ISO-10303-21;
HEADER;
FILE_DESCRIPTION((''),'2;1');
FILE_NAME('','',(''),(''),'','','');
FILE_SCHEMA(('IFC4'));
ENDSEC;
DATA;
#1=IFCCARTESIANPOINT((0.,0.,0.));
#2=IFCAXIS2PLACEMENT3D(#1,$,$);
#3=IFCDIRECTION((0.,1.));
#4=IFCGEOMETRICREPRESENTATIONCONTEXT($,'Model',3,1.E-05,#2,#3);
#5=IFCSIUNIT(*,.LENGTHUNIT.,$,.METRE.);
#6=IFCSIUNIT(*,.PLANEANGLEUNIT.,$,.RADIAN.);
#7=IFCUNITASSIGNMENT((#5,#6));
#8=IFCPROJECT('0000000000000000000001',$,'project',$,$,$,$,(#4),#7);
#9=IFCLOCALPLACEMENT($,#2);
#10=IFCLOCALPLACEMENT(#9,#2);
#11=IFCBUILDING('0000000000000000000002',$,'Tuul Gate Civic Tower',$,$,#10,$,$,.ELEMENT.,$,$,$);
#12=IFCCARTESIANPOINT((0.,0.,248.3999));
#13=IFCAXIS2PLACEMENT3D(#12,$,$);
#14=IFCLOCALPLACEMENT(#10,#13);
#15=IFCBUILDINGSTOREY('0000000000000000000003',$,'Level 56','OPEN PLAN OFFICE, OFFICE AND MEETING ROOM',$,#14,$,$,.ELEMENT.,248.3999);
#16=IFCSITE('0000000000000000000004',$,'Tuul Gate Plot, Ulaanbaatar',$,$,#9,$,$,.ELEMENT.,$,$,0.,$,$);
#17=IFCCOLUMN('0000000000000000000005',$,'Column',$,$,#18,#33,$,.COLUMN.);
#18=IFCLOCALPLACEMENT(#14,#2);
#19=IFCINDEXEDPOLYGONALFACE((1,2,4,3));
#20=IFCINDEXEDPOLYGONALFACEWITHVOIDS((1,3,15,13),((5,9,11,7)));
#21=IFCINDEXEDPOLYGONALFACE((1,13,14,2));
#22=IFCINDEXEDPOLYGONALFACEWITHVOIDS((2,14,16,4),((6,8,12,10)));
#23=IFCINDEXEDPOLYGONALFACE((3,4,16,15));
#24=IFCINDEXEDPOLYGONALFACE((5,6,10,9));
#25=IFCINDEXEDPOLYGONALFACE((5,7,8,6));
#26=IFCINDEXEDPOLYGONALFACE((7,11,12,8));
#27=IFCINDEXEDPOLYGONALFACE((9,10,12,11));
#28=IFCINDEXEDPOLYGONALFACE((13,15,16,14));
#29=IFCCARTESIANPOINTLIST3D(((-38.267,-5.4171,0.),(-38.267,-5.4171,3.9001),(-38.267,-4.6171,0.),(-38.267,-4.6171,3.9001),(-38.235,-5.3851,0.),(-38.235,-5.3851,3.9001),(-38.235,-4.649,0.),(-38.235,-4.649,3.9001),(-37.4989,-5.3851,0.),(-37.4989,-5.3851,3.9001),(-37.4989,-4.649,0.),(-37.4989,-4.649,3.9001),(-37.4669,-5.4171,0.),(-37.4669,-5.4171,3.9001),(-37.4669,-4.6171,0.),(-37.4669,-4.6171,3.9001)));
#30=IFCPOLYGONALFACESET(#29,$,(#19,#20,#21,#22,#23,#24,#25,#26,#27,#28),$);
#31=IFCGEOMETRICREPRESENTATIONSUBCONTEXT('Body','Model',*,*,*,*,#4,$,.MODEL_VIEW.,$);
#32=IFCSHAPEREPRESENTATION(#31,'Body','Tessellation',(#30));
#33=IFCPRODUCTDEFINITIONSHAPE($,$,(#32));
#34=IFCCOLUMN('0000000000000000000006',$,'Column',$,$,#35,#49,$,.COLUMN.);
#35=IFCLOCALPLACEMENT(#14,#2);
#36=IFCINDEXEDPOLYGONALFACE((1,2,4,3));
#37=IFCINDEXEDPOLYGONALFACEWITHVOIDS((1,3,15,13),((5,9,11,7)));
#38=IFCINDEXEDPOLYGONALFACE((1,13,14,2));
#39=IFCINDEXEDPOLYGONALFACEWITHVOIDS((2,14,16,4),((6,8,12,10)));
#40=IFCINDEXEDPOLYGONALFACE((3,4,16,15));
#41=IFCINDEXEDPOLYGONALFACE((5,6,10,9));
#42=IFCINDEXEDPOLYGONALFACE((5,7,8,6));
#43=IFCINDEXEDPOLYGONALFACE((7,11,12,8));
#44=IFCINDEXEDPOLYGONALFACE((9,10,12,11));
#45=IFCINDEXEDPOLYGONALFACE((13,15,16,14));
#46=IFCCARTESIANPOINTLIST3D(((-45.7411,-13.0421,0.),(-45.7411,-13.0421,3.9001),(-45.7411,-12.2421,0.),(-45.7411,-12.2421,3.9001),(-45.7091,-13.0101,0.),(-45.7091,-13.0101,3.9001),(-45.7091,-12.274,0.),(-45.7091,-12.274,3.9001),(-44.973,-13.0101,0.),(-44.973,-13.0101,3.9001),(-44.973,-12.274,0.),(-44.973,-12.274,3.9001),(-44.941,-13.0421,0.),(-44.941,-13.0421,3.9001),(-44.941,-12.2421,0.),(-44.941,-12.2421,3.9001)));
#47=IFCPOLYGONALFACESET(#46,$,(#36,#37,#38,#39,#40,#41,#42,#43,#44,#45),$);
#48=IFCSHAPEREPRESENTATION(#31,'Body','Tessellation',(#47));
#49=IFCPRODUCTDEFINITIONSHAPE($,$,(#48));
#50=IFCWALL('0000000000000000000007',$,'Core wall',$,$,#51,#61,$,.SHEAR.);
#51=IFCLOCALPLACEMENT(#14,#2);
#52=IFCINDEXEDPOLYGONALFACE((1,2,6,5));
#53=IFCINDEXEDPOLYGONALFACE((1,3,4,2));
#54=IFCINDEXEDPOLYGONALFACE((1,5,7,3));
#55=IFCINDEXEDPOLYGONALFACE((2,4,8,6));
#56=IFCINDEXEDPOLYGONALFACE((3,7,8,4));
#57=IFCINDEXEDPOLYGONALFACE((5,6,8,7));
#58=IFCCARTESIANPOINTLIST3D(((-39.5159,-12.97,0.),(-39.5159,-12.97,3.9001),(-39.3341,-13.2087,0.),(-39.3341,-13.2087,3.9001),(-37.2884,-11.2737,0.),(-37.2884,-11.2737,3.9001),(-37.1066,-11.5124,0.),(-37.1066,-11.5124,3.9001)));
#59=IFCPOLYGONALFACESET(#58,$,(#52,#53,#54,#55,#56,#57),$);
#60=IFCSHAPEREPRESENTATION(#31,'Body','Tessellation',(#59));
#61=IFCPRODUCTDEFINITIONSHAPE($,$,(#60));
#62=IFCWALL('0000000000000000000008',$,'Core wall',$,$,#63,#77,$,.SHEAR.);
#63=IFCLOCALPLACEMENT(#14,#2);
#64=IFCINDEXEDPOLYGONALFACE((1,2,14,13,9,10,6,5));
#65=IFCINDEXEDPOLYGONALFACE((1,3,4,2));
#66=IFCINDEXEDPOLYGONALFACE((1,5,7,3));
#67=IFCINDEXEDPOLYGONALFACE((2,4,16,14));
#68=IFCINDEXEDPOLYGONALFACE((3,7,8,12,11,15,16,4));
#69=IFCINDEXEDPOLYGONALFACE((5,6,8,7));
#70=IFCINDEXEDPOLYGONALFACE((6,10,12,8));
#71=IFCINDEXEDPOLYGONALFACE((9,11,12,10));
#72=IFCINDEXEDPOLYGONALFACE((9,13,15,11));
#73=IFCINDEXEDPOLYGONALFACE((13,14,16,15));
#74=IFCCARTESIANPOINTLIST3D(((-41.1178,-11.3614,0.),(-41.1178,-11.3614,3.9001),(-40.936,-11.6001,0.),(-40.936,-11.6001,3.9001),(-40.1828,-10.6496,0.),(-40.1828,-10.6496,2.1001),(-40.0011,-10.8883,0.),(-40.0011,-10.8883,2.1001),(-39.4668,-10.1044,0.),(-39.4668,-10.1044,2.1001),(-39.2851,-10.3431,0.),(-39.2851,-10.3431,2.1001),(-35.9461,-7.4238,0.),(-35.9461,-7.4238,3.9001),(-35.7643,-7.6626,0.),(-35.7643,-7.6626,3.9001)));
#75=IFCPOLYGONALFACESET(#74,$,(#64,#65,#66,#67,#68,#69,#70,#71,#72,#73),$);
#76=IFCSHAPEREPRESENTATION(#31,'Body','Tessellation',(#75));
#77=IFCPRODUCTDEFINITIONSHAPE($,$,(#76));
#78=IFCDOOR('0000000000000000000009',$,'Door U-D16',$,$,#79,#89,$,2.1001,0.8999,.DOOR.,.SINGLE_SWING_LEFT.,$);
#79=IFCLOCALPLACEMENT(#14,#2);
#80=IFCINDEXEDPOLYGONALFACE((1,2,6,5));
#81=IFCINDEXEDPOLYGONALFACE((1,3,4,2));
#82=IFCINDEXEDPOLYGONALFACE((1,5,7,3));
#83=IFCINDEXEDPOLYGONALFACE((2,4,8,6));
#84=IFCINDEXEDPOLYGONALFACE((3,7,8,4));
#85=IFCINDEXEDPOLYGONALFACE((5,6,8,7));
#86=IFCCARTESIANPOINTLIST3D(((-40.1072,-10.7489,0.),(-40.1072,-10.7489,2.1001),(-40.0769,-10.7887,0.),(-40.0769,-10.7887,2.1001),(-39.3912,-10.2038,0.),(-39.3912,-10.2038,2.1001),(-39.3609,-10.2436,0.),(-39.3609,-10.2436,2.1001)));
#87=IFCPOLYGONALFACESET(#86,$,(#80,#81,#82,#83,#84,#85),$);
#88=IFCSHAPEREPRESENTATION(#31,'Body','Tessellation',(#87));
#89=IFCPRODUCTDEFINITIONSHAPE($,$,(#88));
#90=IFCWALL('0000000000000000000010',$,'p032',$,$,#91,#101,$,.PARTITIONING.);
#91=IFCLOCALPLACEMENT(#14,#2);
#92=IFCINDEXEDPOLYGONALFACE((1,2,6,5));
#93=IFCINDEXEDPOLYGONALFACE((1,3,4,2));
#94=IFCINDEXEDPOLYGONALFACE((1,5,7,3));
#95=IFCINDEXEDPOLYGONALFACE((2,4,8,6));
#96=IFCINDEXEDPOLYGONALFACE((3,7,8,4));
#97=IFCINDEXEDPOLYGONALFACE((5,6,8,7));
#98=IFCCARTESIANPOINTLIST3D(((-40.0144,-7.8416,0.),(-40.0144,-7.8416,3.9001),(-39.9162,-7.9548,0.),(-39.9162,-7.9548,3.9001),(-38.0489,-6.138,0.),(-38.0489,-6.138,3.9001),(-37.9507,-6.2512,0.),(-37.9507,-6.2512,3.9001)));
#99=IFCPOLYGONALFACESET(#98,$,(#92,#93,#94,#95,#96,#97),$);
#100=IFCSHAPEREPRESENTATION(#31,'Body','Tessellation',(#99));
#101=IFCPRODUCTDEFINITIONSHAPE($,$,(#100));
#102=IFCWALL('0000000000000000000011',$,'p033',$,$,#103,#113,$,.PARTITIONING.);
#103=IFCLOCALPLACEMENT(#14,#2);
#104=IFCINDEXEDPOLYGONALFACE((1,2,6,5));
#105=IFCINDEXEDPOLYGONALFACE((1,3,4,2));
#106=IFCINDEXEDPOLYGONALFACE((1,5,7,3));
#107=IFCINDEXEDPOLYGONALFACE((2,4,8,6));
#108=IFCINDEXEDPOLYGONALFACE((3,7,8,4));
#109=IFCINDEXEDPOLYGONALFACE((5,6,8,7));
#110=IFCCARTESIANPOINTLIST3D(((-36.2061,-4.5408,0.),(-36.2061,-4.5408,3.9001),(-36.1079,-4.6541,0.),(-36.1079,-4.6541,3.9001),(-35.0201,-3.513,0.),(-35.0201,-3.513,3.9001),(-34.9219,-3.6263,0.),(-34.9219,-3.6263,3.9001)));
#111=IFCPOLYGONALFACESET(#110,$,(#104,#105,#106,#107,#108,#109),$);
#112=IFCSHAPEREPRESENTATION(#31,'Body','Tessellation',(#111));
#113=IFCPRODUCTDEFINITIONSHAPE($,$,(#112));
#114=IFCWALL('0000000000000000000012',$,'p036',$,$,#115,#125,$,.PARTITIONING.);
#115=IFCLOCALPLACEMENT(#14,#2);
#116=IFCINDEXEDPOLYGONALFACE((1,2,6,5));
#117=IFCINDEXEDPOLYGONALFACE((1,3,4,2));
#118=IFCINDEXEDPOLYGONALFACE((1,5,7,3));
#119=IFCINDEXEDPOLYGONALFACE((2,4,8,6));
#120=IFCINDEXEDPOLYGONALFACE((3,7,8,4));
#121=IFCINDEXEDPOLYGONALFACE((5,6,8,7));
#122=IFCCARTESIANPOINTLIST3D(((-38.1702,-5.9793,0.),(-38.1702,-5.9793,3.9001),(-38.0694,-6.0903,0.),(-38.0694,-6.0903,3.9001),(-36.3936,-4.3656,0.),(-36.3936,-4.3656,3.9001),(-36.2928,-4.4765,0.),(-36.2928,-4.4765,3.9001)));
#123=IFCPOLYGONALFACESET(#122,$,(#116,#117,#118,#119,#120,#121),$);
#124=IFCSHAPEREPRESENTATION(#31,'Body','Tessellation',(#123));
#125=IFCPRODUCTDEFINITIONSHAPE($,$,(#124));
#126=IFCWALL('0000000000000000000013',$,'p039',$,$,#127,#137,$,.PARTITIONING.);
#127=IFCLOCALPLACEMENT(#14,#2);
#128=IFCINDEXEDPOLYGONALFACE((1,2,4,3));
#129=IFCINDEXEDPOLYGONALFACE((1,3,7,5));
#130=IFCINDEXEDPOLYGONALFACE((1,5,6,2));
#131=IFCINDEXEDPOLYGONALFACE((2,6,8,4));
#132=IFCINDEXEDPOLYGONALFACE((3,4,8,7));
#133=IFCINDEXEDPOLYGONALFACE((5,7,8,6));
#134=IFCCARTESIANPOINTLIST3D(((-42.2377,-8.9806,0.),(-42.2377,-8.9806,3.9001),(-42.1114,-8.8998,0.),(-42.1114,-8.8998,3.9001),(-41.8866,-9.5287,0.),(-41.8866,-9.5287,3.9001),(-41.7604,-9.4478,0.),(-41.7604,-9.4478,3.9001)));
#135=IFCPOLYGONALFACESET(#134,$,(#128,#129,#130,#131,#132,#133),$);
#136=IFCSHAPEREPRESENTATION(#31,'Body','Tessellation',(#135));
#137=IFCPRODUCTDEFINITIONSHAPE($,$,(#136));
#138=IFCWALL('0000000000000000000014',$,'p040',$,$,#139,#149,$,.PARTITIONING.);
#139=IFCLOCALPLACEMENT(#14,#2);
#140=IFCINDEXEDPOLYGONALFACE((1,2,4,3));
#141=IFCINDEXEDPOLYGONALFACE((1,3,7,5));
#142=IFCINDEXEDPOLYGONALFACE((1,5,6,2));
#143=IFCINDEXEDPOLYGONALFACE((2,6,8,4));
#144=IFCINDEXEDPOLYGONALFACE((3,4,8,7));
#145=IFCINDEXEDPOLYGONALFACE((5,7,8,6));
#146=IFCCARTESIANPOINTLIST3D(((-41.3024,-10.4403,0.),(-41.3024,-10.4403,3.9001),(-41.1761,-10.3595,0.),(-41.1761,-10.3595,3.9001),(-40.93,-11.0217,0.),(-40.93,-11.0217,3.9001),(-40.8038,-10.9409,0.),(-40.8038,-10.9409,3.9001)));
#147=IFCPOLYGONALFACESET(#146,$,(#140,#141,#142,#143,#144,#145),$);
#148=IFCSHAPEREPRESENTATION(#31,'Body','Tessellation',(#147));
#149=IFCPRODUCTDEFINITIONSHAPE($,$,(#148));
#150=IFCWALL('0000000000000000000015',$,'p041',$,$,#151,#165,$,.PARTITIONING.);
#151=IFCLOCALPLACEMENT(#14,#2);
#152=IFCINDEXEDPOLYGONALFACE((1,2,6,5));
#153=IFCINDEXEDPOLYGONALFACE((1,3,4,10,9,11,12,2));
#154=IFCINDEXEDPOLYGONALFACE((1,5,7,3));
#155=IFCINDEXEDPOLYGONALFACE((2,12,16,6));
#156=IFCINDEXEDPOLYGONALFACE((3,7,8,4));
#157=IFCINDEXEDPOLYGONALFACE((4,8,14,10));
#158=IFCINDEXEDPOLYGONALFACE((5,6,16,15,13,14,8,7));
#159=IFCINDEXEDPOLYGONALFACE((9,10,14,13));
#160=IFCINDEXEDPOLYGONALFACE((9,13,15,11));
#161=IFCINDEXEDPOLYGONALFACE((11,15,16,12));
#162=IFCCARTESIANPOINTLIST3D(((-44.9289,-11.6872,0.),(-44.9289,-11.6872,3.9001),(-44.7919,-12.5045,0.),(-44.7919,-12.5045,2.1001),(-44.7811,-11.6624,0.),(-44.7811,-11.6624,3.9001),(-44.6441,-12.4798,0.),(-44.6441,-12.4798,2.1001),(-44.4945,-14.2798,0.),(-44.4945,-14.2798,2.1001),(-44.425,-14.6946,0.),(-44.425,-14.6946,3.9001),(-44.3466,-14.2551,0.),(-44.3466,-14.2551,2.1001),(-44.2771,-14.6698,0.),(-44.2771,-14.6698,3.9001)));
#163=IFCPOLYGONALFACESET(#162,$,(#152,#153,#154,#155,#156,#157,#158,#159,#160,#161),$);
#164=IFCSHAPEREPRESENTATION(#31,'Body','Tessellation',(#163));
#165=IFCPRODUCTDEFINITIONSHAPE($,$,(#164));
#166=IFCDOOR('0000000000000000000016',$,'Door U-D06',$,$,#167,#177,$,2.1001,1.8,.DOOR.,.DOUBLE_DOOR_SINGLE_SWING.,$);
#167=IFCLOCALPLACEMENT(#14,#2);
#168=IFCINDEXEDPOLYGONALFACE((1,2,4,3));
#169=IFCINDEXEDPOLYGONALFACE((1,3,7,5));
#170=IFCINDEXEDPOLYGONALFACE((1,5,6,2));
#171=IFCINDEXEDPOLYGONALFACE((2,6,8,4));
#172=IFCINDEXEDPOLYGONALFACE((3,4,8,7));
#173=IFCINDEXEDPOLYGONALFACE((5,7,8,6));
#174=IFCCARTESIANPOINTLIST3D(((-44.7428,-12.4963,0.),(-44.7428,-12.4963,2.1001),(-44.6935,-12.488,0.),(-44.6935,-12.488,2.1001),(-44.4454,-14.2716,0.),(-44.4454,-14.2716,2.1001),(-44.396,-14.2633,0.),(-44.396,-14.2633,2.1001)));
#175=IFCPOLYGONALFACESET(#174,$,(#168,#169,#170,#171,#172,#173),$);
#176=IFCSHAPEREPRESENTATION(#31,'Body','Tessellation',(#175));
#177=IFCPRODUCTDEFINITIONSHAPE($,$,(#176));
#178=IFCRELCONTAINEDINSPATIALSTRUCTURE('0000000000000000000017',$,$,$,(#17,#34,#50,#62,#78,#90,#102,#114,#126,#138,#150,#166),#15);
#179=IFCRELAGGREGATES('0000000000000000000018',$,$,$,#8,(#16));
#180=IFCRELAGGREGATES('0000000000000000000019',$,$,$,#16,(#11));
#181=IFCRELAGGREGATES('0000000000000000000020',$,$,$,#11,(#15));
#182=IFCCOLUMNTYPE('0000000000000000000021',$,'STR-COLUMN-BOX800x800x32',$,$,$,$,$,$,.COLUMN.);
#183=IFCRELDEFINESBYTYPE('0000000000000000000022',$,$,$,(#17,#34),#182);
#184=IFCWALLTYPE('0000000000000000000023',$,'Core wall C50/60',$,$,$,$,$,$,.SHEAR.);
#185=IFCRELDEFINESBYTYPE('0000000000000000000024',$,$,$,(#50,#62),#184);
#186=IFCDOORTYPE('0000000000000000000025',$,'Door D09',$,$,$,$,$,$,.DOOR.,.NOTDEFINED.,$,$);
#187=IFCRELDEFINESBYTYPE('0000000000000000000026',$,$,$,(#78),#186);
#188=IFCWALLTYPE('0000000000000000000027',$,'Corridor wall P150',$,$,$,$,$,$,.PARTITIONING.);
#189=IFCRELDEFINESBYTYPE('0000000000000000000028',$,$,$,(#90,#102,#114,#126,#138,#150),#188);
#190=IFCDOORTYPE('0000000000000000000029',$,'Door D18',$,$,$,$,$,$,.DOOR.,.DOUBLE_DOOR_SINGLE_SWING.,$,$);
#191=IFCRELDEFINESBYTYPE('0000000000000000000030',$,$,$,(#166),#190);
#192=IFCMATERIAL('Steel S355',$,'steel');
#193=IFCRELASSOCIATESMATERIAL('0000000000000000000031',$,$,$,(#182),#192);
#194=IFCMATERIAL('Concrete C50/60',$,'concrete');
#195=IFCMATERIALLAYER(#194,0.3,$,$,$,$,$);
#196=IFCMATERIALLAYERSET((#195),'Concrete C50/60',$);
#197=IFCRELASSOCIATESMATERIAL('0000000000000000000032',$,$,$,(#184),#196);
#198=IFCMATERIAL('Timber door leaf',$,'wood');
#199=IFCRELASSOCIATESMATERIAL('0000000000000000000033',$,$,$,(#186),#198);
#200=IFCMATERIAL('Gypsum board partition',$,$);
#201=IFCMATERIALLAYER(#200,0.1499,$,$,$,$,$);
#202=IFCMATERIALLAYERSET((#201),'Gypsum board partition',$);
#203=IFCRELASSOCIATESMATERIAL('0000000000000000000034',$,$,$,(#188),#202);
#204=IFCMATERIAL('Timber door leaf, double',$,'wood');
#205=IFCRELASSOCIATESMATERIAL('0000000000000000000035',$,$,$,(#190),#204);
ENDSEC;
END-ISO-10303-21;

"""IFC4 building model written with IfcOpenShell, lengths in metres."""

from ifc_helpers import new_model, si_unit, direction, frame, frame_2d, origin, origin_2d, place, context, subcontext, project, spatial, rectangle, hollow_rectangle, extrude, material, layer, layer_set, material_profile, profile_set, type_object, element, fill, save


model = new_model("IFC4")

# Units and contexts
model_context = context("Model", 3, precision=1e-05, world=origin(), true_north=direction((0.0, 1.0)))
body_context = subcontext(model_context, "Body", "Model", "MODEL_VIEW")
ifc_project = project(units=[si_unit("LENGTHUNIT", "METRE"), si_unit("PLANEANGLEUNIT", "RADIAN")], contexts=[model_context])

# Site, building, storey
site_placement = place(None, origin())
site = spatial("IfcSite", under=ifc_project, at=site_placement, Name="Tuul Gate Plot, Ulaanbaatar", CompositionType="ELEMENT", RefElevation=0.0)
building_placement = place(site_placement, origin())
building = spatial("IfcBuilding", under=site, at=building_placement, Name="Tuul Gate Civic Tower", CompositionType="ELEMENT")
storey_placement = place(building_placement, frame((0.0, 0.0, 248.3999)))
storey = spatial("IfcBuildingStorey", under=building, at=storey_placement, Name="Level 56", Description="OPEN PLAN OFFICE, OFFICE AND MEETING ROOM", CompositionType="ELEMENT", Elevation=248.3999)

# Columns
ifc_material_1 = material(Name="Steel S355", Category="steel")
ifc_material_profile_1 = material_profile(ifc_material_1, hollow_rectangle(XDim=0.8, YDim=0.8, WallThickness=0.032, at=origin_2d()), Name="BOX800x800x32")
ifc_profile_set_1 = profile_set([ifc_material_profile_1], Name="Steel S355")
column_type = type_object("IfcColumnType", Name="STR-COLUMN-BOX800x800x32", PredefinedType="COLUMN", material=ifc_profile_set_1)
for number, where, z_axis, x_axis, name in (
    (1, (-37.8669, -5.0171, 0.0), (0.0, 0.0, 1.0), (1.0, 0.0, 0.0), "Column"),
    (2, (-45.3411, -12.6421, 0.0), (0.0, 0.0, 1.0), (1.0, 0.0, 0.0), "Column"),
):
    element("IfcColumn", number, at=place(storey_placement, frame(where, z_axis=z_axis, x_axis=x_axis)), inside=storey, type_object=column_type, Name=name, PredefinedType="COLUMN", context=body_context, shape_type="SweptSolid", body=[
        extrude(hollow_rectangle(XDim=0.8, YDim=0.8, WallThickness=0.032, at=origin_2d()), origin(), (0.0, 0.0, 1.0), 3.9001),
    ])

# Wall
ifc_material_2 = material(Name="Concrete C50/60", Category="concrete")
ifc_layer_1 = layer(ifc_material_2, 0.3)
ifc_layer_set_1 = layer_set([ifc_layer_1], Name="Concrete C50/60")
wall_type_1 = type_object("IfcWallType", Name="Core wall C50/60", PredefinedType="SHEAR", material=ifc_layer_set_1)
wall_1_placement = place(storey_placement, frame((-37.1975, -11.3931, 0.0), z_axis=(0.0, 0.0, 1.0), x_axis=(-0.795584, -0.605844, 0.0)))
element("IfcWall", 3, at=wall_1_placement, inside=storey, type_object=wall_type_1, Name="Core wall", PredefinedType="SHEAR", context=body_context, shape_type="SweptSolid", body=[
    extrude(rectangle(XDim=2.7998, YDim=0.3, at=frame_2d((1.3999, 0.0))), origin(), (0.0, 0.0, 1.0), 3.9001),
])

# Wall, opening, door
wall_2_placement = place(storey_placement, frame((-35.8552, -7.5432, 0.0), z_axis=(0.0, 0.0, 1.0), x_axis=(-0.795639, -0.605772, 0.0)))
wall_2 = element("IfcWall", 4, at=wall_2_placement, inside=storey, type_object=wall_type_1, Name="Core wall", PredefinedType="SHEAR", context=body_context, shape_type="SweptSolid", body=[
    extrude(rectangle(XDim=6.5, YDim=0.3, at=frame_2d((3.25, 0.0))), origin(), (0.0, 0.0, 1.0), 3.9001),
])
opening_1_placement = place(wall_2_placement, frame((4.425, 0.0, 0.0)))
opening_1 = element("IfcOpeningElement", 5, at=opening_1_placement, cuts=wall_2, PredefinedType="OPENING", context=body_context, shape_type="SweptSolid", body=[
    extrude(rectangle(XDim=0.8999, YDim=2.1001, at=frame_2d((0.45, 1.05))), frame((0.0, 0.1602, 0.0), z_axis=(0.0, -1.0, 0.0), x_axis=(1.0, 0.0, 0.0)), (0.0, 0.0, 1.0), 0.3201),
])
ifc_material_3 = material(Name="Timber door leaf", Category="wood")
door_type_1 = type_object("IfcDoorType", Name="Door D09", OperationType="NOTDEFINED", PredefinedType="DOOR", material=ifc_material_3)
door_1_placement = place(opening_1_placement, origin())
door_1 = element("IfcDoor", 6, at=door_1_placement, inside=storey, type_object=door_type_1, Name="Door U-D16", OperationType="SINGLE_SWING_LEFT", OverallHeight=2.1001, OverallWidth=0.8999, PredefinedType="DOOR", context=body_context, shape_type="SweptSolid", body=[
    extrude(rectangle(XDim=0.8999, YDim=2.1001, at=frame_2d((0.45, 1.05))), frame((0.0, 0.0249, 0.0), z_axis=(0.0, -1.0, 0.0), x_axis=(1.0, 0.0, 0.0)), (0.0, 0.0, 1.0), 0.05),
])
fill(opening_1, door_1)

# Walls
ifc_material_4 = material(Name="Gypsum board partition")
ifc_layer_2 = layer(ifc_material_4, 0.1499)
ifc_layer_set_2 = layer_set([ifc_layer_2], Name="Gypsum board partition")
wall_type_2 = type_object("IfcWallType", Name="Corridor wall P150", PredefinedType="PARTITIONING", material=ifc_layer_set_2)
wall_3_placement = place(storey_placement, frame((-39.9653, -7.8982, 0.0), z_axis=(0.0, 0.0, 1.0), x_axis=(0.755667, 0.654956, 0.0)))
element("IfcWall", 7, at=wall_3_placement, inside=storey, type_object=wall_type_2, Name="p032", PredefinedType="PARTITIONING", context=body_context, shape_type="SweptSolid", body=[
    extrude(rectangle(XDim=2.6011, YDim=0.1499, at=frame_2d((1.3005, 0.0))), origin(), (0.0, 0.0, 1.0), 3.9001),
])
wall_4_placement = place(storey_placement, frame((-36.157, -4.5974, 0.0), z_axis=(0.0, 0.0, 1.0), x_axis=(0.75571, 0.654907, 0.0)))
element("IfcWall", 8, at=wall_4_placement, inside=storey, type_object=wall_type_2, Name="p033", PredefinedType="PARTITIONING", context=body_context, shape_type="SweptSolid", body=[
    extrude(rectangle(XDim=1.5693, YDim=0.1499, at=frame_2d((0.7847, 0.0))), origin(), (0.0, 0.0, 1.0), 3.9001),
])
wall_5_placement = place(storey_placement, frame((-38.1199, -6.0349, 0.0), z_axis=(0.0, 0.0, 1.0), x_axis=(0.740216, 0.672369, 0.0)))
element("IfcWall", 9, at=wall_5_placement, inside=storey, type_object=wall_type_2, Name="p036", PredefinedType="PARTITIONING", context=body_context, shape_type="SweptSolid", body=[
    extrude(rectangle(XDim=2.4001, YDim=0.1499, at=frame_2d((1.2002, 0.0))), origin(), (0.0, 0.0, 1.0), 3.9001),
])
wall_6_placement = place(storey_placement, frame((-42.1746, -8.9402, 0.0), z_axis=(0.0, 0.0, 1.0), x_axis=(0.539373, -0.842067, 0.0)))
element("IfcWall", 10, at=wall_6_placement, inside=storey, type_object=wall_type_2, Name="p039", PredefinedType="PARTITIONING", context=body_context, shape_type="SweptSolid", body=[
    extrude(rectangle(XDim=0.6509, YDim=0.1499, at=frame_2d((0.3254, 0.0))), origin(), (0.0, 0.0, 1.0), 3.9001),
])
wall_7_placement = place(storey_placement, frame((-41.2393, -10.3999, 0.0), z_axis=(0.0, 0.0, 1.0), x_axis=(0.539345, -0.842085, 0.0)))
element("IfcWall", 11, at=wall_7_placement, inside=storey, type_object=wall_type_2, Name="p040", PredefinedType="PARTITIONING", context=body_context, shape_type="SweptSolid", body=[
    extrude(rectangle(XDim=0.6904, YDim=0.1499, at=frame_2d((0.3452, 0.0))), origin(), (0.0, 0.0, 1.0), 3.9001),
])

# Wall, opening, door
wall_8_placement = place(storey_placement, frame((-44.855, -11.6748, 0.0), z_axis=(0.0, 0.0, 1.0), x_axis=(0.165256, -0.986251, 0.0)))
wall_8 = element("IfcWall", 12, at=wall_8_placement, inside=storey, type_object=wall_type_2, Name="p041", PredefinedType="PARTITIONING", context=body_context, shape_type="SweptSolid", body=[
    extrude(rectangle(XDim=3.0493, YDim=0.1499, at=frame_2d((1.5247, 0.0))), origin(), (0.0, 0.0, 1.0), 3.9001),
])
opening_2_placement = place(wall_8_placement, frame((0.8289, 0.0, 0.0)))
opening_2 = element("IfcOpeningElement", 13, at=opening_2_placement, cuts=wall_8, PredefinedType="OPENING", context=body_context, shape_type="SweptSolid", body=[
    extrude(rectangle(XDim=1.8, YDim=2.1001, at=frame_2d((0.8999, 1.05))), frame((0.0, 0.085, 0.0), z_axis=(0.0, -1.0, 0.0), x_axis=(1.0, 0.0, 0.0)), (0.0, 0.0, 1.0), 0.1699),
])
ifc_material_5 = material(Name="Timber door leaf, double", Category="wood")
door_type_2 = type_object("IfcDoorType", Name="Door D18", OperationType="DOUBLE_DOOR_SINGLE_SWING", PredefinedType="DOOR", material=ifc_material_5)
door_2_placement = place(opening_2_placement, origin())
door_2 = element("IfcDoor", 14, at=door_2_placement, inside=storey, type_object=door_type_2, Name="Door U-D06", OperationType="DOUBLE_DOOR_SINGLE_SWING", OverallHeight=2.1001, OverallWidth=1.8, PredefinedType="DOOR", context=body_context, shape_type="SweptSolid", body=[
    extrude(rectangle(XDim=1.8, YDim=2.1001, at=frame_2d((0.8999, 1.05))), frame((0.0, 0.0249, 0.0), z_axis=(0.0, -1.0, 0.0), x_axis=(1.0, 0.0, 0.0)), (0.0, 0.0, 1.0), 0.05),
])
fill(opening_2, door_2)

save(model, "model.ifc")
